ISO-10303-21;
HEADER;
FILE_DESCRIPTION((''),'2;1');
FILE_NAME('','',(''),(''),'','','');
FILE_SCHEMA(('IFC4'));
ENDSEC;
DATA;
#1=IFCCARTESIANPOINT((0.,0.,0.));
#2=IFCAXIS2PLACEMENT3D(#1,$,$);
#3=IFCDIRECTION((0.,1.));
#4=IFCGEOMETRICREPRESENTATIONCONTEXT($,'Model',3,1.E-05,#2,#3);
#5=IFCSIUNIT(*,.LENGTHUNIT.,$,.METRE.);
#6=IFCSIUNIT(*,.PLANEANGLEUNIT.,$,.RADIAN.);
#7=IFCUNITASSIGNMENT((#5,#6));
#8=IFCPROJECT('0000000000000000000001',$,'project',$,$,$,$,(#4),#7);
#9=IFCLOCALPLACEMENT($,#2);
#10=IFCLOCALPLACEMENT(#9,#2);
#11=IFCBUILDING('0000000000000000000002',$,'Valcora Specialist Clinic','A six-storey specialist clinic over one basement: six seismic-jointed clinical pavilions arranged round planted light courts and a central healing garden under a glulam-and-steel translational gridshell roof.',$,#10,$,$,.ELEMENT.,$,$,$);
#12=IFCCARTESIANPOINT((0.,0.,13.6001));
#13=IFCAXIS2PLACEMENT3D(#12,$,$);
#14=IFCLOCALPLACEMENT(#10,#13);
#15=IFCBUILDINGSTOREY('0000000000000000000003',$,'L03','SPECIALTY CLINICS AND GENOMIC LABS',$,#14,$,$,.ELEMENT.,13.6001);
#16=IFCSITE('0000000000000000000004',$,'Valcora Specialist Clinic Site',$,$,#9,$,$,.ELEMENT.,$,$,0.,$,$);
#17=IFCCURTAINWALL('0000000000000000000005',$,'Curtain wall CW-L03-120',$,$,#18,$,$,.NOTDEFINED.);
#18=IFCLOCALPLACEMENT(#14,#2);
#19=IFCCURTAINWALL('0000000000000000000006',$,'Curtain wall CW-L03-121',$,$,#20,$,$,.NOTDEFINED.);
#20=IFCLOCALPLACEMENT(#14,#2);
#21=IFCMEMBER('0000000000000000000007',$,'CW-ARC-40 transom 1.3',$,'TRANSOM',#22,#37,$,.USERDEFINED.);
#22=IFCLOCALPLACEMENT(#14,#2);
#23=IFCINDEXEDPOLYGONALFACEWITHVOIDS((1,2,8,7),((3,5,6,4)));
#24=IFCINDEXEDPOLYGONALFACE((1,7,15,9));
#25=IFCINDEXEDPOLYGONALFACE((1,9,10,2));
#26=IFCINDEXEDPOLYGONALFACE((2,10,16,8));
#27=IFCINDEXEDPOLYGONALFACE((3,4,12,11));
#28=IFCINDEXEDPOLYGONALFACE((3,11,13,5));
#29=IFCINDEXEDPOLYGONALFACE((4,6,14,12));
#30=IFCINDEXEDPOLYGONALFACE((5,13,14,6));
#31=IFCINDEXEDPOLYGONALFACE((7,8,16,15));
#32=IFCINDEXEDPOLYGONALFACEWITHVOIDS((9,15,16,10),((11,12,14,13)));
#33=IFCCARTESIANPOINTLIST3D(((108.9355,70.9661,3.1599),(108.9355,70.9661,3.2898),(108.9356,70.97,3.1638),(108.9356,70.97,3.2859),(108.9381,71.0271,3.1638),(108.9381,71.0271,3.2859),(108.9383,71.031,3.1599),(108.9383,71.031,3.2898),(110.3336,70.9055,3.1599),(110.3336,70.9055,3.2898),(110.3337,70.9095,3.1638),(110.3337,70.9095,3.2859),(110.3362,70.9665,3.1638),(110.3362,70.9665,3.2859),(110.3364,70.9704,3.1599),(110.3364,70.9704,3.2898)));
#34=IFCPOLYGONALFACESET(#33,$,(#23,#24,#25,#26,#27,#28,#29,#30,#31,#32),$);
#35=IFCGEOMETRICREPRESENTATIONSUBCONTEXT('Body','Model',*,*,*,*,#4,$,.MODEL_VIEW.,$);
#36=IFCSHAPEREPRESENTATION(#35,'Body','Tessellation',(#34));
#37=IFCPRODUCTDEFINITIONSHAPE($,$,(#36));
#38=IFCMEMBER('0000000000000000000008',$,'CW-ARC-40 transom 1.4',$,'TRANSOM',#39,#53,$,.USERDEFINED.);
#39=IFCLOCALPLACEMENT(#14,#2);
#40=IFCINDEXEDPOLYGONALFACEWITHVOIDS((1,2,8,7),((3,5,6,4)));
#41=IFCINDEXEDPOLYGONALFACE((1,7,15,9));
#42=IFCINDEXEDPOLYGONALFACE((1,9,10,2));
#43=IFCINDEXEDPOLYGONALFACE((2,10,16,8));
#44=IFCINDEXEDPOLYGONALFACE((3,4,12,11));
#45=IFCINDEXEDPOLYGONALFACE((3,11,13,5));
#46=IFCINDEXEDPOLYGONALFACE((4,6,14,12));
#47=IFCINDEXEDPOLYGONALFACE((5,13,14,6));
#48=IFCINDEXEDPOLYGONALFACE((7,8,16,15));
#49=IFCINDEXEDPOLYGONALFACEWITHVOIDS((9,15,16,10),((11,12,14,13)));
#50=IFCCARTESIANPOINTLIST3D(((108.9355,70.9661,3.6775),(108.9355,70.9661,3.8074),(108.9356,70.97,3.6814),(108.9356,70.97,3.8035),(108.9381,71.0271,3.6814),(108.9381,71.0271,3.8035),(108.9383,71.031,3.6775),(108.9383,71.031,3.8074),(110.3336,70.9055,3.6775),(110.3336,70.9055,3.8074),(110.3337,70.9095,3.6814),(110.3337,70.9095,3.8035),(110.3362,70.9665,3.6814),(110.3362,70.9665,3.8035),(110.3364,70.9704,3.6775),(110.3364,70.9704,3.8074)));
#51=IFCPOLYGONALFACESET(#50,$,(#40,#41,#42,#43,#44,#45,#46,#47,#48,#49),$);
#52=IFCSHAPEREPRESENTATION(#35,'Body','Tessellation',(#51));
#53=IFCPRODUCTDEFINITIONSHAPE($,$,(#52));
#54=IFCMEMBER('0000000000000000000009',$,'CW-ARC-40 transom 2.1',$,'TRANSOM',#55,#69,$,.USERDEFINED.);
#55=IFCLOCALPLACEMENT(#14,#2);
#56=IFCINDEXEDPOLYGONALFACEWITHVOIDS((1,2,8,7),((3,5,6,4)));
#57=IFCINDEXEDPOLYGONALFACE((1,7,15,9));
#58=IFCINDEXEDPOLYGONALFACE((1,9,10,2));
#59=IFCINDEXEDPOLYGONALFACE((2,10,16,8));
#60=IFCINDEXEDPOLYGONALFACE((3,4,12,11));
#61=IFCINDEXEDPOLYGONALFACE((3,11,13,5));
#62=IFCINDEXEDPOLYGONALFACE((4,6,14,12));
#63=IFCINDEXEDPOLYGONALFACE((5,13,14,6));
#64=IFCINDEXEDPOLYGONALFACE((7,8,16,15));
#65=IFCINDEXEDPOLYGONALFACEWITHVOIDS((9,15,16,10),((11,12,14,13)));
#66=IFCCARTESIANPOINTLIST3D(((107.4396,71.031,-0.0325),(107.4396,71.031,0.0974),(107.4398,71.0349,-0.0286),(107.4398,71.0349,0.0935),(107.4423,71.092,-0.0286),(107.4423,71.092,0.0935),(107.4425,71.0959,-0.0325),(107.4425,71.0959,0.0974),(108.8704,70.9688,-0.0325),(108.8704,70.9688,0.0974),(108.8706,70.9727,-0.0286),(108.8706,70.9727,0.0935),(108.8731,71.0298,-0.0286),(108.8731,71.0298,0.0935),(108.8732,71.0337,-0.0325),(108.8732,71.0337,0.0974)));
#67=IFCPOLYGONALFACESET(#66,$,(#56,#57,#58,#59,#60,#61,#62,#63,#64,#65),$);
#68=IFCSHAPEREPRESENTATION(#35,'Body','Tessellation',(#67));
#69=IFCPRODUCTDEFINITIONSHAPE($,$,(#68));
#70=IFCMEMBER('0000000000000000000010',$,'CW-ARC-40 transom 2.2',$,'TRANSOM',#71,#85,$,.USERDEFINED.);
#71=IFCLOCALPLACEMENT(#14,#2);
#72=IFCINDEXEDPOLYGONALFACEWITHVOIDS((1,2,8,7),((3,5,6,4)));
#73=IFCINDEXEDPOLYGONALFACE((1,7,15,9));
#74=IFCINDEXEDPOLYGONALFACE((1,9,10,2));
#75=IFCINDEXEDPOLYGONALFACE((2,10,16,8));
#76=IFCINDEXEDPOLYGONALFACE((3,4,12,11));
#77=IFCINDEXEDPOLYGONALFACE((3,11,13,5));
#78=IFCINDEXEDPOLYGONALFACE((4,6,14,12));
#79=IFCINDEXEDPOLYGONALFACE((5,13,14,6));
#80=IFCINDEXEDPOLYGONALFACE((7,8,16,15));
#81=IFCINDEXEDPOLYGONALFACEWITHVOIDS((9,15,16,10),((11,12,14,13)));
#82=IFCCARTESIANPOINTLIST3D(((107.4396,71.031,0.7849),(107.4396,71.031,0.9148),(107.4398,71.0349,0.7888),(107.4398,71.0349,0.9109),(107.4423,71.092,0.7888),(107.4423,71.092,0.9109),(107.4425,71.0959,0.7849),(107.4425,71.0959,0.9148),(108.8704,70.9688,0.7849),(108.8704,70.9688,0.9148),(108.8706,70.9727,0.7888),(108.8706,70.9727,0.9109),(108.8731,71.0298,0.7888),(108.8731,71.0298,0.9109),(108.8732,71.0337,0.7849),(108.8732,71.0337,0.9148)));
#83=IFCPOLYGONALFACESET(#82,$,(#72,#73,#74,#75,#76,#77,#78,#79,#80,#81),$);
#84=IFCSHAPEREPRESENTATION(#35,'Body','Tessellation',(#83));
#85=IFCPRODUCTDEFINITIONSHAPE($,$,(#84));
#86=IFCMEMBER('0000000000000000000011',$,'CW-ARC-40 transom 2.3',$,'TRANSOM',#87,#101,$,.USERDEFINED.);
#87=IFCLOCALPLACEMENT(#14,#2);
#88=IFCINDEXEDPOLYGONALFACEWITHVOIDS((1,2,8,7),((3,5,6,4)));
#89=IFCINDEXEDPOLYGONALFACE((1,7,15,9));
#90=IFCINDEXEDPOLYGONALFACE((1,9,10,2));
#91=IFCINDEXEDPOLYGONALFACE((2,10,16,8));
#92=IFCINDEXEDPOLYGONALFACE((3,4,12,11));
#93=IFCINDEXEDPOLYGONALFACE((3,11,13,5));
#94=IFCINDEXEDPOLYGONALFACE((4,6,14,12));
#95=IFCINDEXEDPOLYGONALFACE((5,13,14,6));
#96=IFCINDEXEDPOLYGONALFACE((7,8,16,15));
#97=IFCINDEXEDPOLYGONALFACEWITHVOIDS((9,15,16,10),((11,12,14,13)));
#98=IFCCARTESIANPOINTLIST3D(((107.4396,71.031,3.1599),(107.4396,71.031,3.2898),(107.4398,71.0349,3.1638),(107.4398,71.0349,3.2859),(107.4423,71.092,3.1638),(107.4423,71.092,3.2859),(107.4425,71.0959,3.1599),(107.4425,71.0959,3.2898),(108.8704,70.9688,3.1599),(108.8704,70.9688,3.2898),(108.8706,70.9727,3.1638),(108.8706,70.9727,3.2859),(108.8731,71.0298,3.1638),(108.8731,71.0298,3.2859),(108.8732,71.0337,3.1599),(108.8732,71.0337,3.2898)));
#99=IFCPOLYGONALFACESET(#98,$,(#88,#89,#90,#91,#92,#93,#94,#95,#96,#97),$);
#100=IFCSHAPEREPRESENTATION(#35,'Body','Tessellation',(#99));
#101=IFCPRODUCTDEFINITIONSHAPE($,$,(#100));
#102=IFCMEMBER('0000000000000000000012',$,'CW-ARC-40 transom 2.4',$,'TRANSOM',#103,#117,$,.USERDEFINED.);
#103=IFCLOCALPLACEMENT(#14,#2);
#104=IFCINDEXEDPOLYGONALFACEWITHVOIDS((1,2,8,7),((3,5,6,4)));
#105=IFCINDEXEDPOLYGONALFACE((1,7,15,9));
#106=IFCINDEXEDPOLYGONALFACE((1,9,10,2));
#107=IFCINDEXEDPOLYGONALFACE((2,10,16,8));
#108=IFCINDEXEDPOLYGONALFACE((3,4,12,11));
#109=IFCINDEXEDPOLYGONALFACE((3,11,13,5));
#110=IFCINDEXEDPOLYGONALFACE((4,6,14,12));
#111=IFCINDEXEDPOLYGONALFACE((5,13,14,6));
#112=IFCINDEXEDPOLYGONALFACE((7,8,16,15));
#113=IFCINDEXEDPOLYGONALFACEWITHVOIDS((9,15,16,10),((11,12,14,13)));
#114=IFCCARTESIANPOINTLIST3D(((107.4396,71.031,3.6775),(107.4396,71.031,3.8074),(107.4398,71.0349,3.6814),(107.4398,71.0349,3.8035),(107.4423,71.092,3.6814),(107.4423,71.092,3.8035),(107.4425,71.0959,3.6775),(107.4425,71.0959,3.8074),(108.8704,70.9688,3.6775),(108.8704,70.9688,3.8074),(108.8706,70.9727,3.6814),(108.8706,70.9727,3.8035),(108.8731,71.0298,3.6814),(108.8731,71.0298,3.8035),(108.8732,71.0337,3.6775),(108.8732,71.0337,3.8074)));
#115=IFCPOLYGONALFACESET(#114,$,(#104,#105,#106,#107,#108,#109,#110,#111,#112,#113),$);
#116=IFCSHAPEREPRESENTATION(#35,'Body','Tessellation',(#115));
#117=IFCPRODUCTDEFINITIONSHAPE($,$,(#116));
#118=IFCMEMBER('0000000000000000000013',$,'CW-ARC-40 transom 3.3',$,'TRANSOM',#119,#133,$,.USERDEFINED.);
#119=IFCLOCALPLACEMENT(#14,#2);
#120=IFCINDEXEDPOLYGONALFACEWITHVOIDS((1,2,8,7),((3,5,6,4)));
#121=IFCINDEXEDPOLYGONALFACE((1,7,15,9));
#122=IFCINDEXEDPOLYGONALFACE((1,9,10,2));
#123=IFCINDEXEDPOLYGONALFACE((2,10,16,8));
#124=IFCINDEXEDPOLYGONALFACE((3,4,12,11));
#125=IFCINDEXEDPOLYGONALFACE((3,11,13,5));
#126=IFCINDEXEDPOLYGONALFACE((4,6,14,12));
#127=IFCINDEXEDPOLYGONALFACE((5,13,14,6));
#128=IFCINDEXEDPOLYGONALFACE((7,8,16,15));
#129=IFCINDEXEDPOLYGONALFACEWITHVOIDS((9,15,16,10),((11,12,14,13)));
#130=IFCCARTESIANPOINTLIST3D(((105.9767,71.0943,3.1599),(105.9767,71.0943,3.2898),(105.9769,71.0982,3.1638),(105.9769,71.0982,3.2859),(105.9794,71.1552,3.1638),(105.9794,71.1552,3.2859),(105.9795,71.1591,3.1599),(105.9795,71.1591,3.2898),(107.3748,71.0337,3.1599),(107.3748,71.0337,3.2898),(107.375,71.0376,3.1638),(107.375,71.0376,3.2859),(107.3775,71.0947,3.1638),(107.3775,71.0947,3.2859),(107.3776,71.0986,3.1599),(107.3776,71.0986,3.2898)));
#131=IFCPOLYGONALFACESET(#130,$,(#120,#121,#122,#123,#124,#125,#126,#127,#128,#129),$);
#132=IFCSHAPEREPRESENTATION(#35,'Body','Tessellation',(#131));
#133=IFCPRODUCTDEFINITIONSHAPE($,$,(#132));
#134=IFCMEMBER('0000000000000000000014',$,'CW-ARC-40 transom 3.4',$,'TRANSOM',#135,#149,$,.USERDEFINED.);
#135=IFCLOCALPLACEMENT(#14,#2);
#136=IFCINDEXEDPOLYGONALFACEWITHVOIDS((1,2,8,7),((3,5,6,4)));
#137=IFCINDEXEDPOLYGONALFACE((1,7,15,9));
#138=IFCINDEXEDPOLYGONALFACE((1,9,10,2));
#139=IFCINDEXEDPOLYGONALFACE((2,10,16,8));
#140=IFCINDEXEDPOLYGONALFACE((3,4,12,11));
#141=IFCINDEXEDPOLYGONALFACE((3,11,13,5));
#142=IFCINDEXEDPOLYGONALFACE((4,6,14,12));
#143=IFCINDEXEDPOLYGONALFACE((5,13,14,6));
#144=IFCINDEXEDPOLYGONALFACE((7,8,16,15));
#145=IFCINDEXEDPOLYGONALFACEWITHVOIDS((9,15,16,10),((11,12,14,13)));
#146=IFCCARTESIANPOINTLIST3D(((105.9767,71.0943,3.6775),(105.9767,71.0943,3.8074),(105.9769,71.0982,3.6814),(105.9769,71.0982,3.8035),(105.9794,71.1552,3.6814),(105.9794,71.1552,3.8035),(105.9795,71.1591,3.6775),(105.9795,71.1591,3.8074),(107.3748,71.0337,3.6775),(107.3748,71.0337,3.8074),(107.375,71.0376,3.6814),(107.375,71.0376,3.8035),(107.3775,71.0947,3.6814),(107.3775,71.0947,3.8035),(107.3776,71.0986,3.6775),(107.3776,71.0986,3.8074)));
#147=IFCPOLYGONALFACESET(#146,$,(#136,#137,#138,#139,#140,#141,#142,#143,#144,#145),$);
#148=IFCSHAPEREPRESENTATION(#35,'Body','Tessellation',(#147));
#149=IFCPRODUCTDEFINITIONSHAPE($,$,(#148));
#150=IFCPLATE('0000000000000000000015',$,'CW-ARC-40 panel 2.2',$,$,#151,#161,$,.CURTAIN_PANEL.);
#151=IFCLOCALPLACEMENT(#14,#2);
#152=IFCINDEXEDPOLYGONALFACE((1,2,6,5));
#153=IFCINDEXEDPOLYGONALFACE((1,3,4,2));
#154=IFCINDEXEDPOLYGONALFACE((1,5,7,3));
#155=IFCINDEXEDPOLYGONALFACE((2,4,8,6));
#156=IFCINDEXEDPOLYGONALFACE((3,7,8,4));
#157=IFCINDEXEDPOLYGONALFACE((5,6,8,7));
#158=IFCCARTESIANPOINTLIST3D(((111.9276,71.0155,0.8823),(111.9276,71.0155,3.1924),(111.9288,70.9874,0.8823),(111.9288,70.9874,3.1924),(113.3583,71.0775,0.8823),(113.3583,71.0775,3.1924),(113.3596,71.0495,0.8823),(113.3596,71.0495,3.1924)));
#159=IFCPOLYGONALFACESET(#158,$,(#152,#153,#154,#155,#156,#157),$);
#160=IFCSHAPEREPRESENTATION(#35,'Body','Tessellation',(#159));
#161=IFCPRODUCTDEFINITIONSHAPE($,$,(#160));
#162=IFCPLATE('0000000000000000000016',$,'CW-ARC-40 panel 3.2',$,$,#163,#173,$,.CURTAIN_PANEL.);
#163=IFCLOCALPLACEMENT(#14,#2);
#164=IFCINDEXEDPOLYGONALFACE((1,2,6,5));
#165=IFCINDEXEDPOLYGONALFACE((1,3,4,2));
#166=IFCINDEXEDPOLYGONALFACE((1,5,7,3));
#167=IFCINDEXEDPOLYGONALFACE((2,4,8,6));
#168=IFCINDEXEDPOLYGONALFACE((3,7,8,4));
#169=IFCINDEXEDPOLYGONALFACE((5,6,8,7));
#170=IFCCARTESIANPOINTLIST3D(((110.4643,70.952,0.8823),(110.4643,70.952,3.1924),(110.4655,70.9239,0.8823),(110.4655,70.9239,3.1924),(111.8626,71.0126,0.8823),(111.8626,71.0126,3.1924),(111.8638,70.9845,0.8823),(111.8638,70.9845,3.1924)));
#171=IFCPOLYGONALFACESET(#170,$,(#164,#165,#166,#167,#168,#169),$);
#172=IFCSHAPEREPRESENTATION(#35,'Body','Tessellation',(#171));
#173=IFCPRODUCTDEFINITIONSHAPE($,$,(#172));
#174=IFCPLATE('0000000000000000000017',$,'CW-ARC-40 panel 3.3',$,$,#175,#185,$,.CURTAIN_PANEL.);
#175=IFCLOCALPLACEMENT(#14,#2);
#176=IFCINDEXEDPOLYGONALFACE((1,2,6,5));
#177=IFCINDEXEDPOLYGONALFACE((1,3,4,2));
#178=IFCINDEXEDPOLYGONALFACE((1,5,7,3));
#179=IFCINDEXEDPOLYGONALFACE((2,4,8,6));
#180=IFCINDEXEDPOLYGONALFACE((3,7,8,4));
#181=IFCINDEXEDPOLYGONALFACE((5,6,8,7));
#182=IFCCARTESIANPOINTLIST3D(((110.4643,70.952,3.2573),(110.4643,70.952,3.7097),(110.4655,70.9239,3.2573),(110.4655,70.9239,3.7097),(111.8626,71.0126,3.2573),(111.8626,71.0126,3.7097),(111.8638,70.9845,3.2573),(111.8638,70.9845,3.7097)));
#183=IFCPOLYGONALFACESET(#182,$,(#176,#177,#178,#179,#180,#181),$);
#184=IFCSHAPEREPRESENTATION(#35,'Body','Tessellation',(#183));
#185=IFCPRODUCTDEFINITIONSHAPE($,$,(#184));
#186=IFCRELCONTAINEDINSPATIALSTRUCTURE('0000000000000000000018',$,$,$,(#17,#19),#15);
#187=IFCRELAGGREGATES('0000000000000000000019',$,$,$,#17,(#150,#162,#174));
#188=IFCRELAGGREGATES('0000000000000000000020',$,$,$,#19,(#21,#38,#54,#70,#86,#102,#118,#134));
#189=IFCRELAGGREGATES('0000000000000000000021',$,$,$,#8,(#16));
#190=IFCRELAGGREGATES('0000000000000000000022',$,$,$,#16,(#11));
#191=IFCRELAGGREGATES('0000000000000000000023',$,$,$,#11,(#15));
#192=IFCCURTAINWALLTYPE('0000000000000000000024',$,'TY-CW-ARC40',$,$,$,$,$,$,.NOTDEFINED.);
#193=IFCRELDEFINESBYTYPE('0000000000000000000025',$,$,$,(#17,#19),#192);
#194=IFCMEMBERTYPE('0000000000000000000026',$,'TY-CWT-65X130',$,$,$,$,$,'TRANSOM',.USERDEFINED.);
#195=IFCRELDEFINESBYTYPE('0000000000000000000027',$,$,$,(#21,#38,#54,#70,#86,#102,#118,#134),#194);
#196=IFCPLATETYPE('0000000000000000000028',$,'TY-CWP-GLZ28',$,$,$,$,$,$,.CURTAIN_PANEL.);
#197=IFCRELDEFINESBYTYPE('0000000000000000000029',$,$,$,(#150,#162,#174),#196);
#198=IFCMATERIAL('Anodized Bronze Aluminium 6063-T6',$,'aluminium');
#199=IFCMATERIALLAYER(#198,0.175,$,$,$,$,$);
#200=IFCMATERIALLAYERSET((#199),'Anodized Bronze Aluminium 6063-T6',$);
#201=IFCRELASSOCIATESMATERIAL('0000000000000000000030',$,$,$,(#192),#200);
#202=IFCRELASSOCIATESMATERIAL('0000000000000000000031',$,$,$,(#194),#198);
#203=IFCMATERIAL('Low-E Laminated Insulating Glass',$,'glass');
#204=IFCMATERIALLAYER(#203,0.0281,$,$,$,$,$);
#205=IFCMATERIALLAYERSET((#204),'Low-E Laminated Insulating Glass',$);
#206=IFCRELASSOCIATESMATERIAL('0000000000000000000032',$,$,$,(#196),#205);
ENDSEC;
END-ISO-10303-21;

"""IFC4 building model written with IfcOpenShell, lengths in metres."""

from ifc_helpers import new_model, si_unit, direction, frame, origin, origin_2d, place, context, subcontext, project, spatial, rectangle, hollow_rectangle, extrude, material, layer, layer_set, material_profile, profile_set, type_object, element, aggregate, save


model = new_model("IFC4")

# Units and contexts
model_context = context("Model", 3, precision=1e-05, world=origin(), true_north=direction((0.0, 1.0)))
body_context = subcontext(model_context, "Body", "Model", "MODEL_VIEW")
ifc_project = project(units=[si_unit("LENGTHUNIT", "METRE"), si_unit("PLANEANGLEUNIT", "RADIAN")], contexts=[model_context])

# Site, building, storey
site_placement = place(None, origin())
site = spatial("IfcSite", under=ifc_project, at=site_placement, Name="Valcora Specialist Clinic Site", CompositionType="ELEMENT", RefElevation=0.0)
building_placement = place(site_placement, origin())
building = spatial("IfcBuilding", under=site, at=building_placement, Name="Valcora Specialist Clinic", Description="A six-storey specialist clinic over one basement: six seismic-jointed clinical pavilions arranged round planted light courts and a central healing garden under a glulam-and-steel translational gridshell roof.", CompositionType="ELEMENT")
storey_placement = place(building_placement, frame((0.0, 0.0, 13.6001)))
storey = spatial("IfcBuildingStorey", under=building, at=storey_placement, Name="L03", Description="SPECIALTY CLINICS AND GENOMIC LABS", CompositionType="ELEMENT", Elevation=13.6001)

# Curtain walls
ifc_material_1 = material(Name="Anodized Bronze Aluminium 6063-T6", Category="aluminium")
ifc_layer_1 = layer(ifc_material_1, 0.175)
ifc_layer_set_1 = layer_set([ifc_layer_1], Name="Anodized Bronze Aluminium 6063-T6")
curtain_wall_type = type_object("IfcCurtainWallType", Name="TY-CW-ARC40", PredefinedType="NOTDEFINED", material=ifc_layer_set_1)
curtain_wall_1_placement = place(storey_placement, origin())
curtain_wall_1 = element("IfcCurtainWall", 1, at=curtain_wall_1_placement, inside=storey, type_object=curtain_wall_type, Name="Curtain wall CW-L03-120", PredefinedType="NOTDEFINED")
curtain_wall_2_placement = place(storey_placement, origin())
curtain_wall_2 = element("IfcCurtainWall", 2, at=curtain_wall_2_placement, inside=storey, type_object=curtain_wall_type, Name="Curtain wall CW-L03-121", PredefinedType="NOTDEFINED")

# Members
ifc_material_profile_1 = material_profile(ifc_material_1, hollow_rectangle(XDim=0.0649, YDim=0.1299, WallThickness=0.0039, at=origin_2d()), Name="AL-TRN-65X130")
ifc_profile_set_1 = profile_set([ifc_material_profile_1], Name="Anodized Bronze Aluminium 6063-T6")
member_type_1 = type_object("IfcMemberType", Name="TY-CWT-65X130", ElementType="TRANSOM", PredefinedType="USERDEFINED", material=ifc_profile_set_1)
member_1_placement = place(storey_placement, frame((110.335, 70.938, 3.2249), z_axis=(-0.999064, 0.043263, 0.0), x_axis=(-0.043263, -0.999064, 0.0)))
member_1 = element("IfcMember", 3, at=member_1_placement, type_object=member_type_1, Name="CW-ARC-40 transom 1.3", ObjectType="TRANSOM", PredefinedType="USERDEFINED", context=body_context, shape_type="SweptSolid", body=[
    extrude(hollow_rectangle(XDim=0.0649, YDim=0.1299, WallThickness=0.0039, at=origin_2d()), origin(), (0.0, 0.0, 1.0), 1.3994),
])
member_2_placement = place(storey_placement, frame((110.335, 70.938, 3.7424), z_axis=(-0.999064, 0.043263, 0.0), x_axis=(-0.043263, -0.999064, 0.0)))
member_2 = element("IfcMember", 4, at=member_2_placement, type_object=member_type_1, Name="CW-ARC-40 transom 1.4", ObjectType="TRANSOM", PredefinedType="USERDEFINED", context=body_context, shape_type="SweptSolid", body=[
    extrude(hollow_rectangle(XDim=0.0649, YDim=0.1299, WallThickness=0.0039, at=origin_2d()), origin(), (0.0, 0.0, 1.0), 1.3994),
])
member_3_placement = place(storey_placement, frame((108.8718, 71.0012, 0.0325), z_axis=(-0.999055, 0.043474, 0.0), x_axis=(-0.043474, -0.999055, 0.0)))
member_3 = element("IfcMember", 5, at=member_3_placement, type_object=member_type_1, Name="CW-ARC-40 transom 2.1", ObjectType="TRANSOM", PredefinedType="USERDEFINED", context=body_context, shape_type="SweptSolid", body=[
    extrude(hollow_rectangle(XDim=0.0649, YDim=0.1299, WallThickness=0.0039, at=origin_2d()), origin(), (0.0, 0.0, 1.0), 1.4321),
])
member_4_placement = place(storey_placement, frame((108.8718, 71.0012, 0.8499), z_axis=(-0.999055, 0.043474, 0.0), x_axis=(-0.043474, -0.999055, 0.0)))
member_4 = element("IfcMember", 6, at=member_4_placement, type_object=member_type_1, Name="CW-ARC-40 transom 2.2", ObjectType="TRANSOM", PredefinedType="USERDEFINED", context=body_context, shape_type="SweptSolid", body=[
    extrude(hollow_rectangle(XDim=0.0649, YDim=0.1299, WallThickness=0.0039, at=origin_2d()), origin(), (0.0, 0.0, 1.0), 1.4321),
])
member_5_placement = place(storey_placement, frame((108.8718, 71.0012, 3.2249), z_axis=(-0.999055, 0.043474, 0.0), x_axis=(-0.043474, -0.999055, 0.0)))
member_5 = element("IfcMember", 7, at=member_5_placement, type_object=member_type_1, Name="CW-ARC-40 transom 2.3", ObjectType="TRANSOM", PredefinedType="USERDEFINED", context=body_context, shape_type="SweptSolid", body=[
    extrude(hollow_rectangle(XDim=0.0649, YDim=0.1299, WallThickness=0.0039, at=origin_2d()), origin(), (0.0, 0.0, 1.0), 1.4321),
])
member_6_placement = place(storey_placement, frame((108.8718, 71.0012, 3.7424), z_axis=(-0.999055, 0.043474, 0.0), x_axis=(-0.043474, -0.999055, 0.0)))
member_6 = element("IfcMember", 8, at=member_6_placement, type_object=member_type_1, Name="CW-ARC-40 transom 2.4", ObjectType="TRANSOM", PredefinedType="USERDEFINED", context=body_context, shape_type="SweptSolid", body=[
    extrude(hollow_rectangle(XDim=0.0649, YDim=0.1299, WallThickness=0.0039, at=origin_2d()), origin(), (0.0, 0.0, 1.0), 1.4321),
])
member_7_placement = place(storey_placement, frame((107.3762, 71.0662, 3.2249), z_axis=(-0.999064, 0.043263, 0.0), x_axis=(-0.043263, -0.999064, 0.0)))
member_7 = element("IfcMember", 9, at=member_7_placement, type_object=member_type_1, Name="CW-ARC-40 transom 3.3", ObjectType="TRANSOM", PredefinedType="USERDEFINED", context=body_context, shape_type="SweptSolid", body=[
    extrude(hollow_rectangle(XDim=0.0649, YDim=0.1299, WallThickness=0.0039, at=origin_2d()), origin(), (0.0, 0.0, 1.0), 1.3994),
])
member_8_placement = place(storey_placement, frame((107.3762, 71.0662, 3.7424), z_axis=(-0.999064, 0.043263, 0.0), x_axis=(-0.043263, -0.999064, 0.0)))
member_8 = element("IfcMember", 10, at=member_8_placement, type_object=member_type_1, Name="CW-ARC-40 transom 3.4", ObjectType="TRANSOM", PredefinedType="USERDEFINED", context=body_context, shape_type="SweptSolid", body=[
    extrude(hollow_rectangle(XDim=0.0649, YDim=0.1299, WallThickness=0.0039, at=origin_2d()), origin(), (0.0, 0.0, 1.0), 1.3994),
])

# Plates
ifc_material_2 = material(Name="Low-E Laminated Insulating Glass", Category="glass")
ifc_layer_2 = layer(ifc_material_2, 0.0281)
ifc_layer_set_2 = layer_set([ifc_layer_2], Name="Low-E Laminated Insulating Glass")
plate_type_1 = type_object("IfcPlateType", Name="TY-CWP-GLZ28", PredefinedType="CURTAIN_PANEL", material=ifc_layer_set_2)
plate_1_placement = place(storey_placement, frame((112.6436, 71.0325, 0.8823), z_axis=(0.0, 0.0, 1.0), x_axis=(-0.999062, -0.043307, 0.0)))
plate_1 = element("IfcPlate", 11, at=plate_1_placement, type_object=plate_type_1, Name="CW-ARC-40 panel 2.2", PredefinedType="CURTAIN_PANEL", context=body_context, shape_type="SweptSolid", body=[
    extrude(rectangle(XDim=1.4321, YDim=0.0281, at=origin_2d()), origin(), (0.0, 0.0, 1.0), 2.3101),
])
plate_2_placement = place(storey_placement, frame((111.1641, 70.9683, 0.8823), z_axis=(0.0, 0.0, 1.0), x_axis=(-0.999062, -0.043307, 0.0)))
plate_2 = element("IfcPlate", 12, at=plate_2_placement, type_object=plate_type_1, Name="CW-ARC-40 panel 3.2", PredefinedType="CURTAIN_PANEL", context=body_context, shape_type="SweptSolid", body=[
    extrude(rectangle(XDim=1.3997, YDim=0.0281, at=origin_2d()), origin(), (0.0, 0.0, 1.0), 2.3101),
])
plate_3_placement = place(storey_placement, frame((111.1641, 70.9683, 3.2573), z_axis=(0.0, 0.0, 1.0), x_axis=(-0.999062, -0.043307, 0.0)))
plate_3 = element("IfcPlate", 13, at=plate_3_placement, type_object=plate_type_1, Name="CW-ARC-40 panel 3.3", PredefinedType="CURTAIN_PANEL", context=body_context, shape_type="SweptSolid", body=[
    extrude(rectangle(XDim=1.3997, YDim=0.0281, at=origin_2d()), origin(), (0.0, 0.0, 1.0), 0.4524),
])
aggregate(curtain_wall_1, [plate_1, plate_2, plate_3])
aggregate(curtain_wall_2, [member_1, member_2, member_3, member_4, member_5, member_6, member_7, member_8])

save(model, "model.ifc")
